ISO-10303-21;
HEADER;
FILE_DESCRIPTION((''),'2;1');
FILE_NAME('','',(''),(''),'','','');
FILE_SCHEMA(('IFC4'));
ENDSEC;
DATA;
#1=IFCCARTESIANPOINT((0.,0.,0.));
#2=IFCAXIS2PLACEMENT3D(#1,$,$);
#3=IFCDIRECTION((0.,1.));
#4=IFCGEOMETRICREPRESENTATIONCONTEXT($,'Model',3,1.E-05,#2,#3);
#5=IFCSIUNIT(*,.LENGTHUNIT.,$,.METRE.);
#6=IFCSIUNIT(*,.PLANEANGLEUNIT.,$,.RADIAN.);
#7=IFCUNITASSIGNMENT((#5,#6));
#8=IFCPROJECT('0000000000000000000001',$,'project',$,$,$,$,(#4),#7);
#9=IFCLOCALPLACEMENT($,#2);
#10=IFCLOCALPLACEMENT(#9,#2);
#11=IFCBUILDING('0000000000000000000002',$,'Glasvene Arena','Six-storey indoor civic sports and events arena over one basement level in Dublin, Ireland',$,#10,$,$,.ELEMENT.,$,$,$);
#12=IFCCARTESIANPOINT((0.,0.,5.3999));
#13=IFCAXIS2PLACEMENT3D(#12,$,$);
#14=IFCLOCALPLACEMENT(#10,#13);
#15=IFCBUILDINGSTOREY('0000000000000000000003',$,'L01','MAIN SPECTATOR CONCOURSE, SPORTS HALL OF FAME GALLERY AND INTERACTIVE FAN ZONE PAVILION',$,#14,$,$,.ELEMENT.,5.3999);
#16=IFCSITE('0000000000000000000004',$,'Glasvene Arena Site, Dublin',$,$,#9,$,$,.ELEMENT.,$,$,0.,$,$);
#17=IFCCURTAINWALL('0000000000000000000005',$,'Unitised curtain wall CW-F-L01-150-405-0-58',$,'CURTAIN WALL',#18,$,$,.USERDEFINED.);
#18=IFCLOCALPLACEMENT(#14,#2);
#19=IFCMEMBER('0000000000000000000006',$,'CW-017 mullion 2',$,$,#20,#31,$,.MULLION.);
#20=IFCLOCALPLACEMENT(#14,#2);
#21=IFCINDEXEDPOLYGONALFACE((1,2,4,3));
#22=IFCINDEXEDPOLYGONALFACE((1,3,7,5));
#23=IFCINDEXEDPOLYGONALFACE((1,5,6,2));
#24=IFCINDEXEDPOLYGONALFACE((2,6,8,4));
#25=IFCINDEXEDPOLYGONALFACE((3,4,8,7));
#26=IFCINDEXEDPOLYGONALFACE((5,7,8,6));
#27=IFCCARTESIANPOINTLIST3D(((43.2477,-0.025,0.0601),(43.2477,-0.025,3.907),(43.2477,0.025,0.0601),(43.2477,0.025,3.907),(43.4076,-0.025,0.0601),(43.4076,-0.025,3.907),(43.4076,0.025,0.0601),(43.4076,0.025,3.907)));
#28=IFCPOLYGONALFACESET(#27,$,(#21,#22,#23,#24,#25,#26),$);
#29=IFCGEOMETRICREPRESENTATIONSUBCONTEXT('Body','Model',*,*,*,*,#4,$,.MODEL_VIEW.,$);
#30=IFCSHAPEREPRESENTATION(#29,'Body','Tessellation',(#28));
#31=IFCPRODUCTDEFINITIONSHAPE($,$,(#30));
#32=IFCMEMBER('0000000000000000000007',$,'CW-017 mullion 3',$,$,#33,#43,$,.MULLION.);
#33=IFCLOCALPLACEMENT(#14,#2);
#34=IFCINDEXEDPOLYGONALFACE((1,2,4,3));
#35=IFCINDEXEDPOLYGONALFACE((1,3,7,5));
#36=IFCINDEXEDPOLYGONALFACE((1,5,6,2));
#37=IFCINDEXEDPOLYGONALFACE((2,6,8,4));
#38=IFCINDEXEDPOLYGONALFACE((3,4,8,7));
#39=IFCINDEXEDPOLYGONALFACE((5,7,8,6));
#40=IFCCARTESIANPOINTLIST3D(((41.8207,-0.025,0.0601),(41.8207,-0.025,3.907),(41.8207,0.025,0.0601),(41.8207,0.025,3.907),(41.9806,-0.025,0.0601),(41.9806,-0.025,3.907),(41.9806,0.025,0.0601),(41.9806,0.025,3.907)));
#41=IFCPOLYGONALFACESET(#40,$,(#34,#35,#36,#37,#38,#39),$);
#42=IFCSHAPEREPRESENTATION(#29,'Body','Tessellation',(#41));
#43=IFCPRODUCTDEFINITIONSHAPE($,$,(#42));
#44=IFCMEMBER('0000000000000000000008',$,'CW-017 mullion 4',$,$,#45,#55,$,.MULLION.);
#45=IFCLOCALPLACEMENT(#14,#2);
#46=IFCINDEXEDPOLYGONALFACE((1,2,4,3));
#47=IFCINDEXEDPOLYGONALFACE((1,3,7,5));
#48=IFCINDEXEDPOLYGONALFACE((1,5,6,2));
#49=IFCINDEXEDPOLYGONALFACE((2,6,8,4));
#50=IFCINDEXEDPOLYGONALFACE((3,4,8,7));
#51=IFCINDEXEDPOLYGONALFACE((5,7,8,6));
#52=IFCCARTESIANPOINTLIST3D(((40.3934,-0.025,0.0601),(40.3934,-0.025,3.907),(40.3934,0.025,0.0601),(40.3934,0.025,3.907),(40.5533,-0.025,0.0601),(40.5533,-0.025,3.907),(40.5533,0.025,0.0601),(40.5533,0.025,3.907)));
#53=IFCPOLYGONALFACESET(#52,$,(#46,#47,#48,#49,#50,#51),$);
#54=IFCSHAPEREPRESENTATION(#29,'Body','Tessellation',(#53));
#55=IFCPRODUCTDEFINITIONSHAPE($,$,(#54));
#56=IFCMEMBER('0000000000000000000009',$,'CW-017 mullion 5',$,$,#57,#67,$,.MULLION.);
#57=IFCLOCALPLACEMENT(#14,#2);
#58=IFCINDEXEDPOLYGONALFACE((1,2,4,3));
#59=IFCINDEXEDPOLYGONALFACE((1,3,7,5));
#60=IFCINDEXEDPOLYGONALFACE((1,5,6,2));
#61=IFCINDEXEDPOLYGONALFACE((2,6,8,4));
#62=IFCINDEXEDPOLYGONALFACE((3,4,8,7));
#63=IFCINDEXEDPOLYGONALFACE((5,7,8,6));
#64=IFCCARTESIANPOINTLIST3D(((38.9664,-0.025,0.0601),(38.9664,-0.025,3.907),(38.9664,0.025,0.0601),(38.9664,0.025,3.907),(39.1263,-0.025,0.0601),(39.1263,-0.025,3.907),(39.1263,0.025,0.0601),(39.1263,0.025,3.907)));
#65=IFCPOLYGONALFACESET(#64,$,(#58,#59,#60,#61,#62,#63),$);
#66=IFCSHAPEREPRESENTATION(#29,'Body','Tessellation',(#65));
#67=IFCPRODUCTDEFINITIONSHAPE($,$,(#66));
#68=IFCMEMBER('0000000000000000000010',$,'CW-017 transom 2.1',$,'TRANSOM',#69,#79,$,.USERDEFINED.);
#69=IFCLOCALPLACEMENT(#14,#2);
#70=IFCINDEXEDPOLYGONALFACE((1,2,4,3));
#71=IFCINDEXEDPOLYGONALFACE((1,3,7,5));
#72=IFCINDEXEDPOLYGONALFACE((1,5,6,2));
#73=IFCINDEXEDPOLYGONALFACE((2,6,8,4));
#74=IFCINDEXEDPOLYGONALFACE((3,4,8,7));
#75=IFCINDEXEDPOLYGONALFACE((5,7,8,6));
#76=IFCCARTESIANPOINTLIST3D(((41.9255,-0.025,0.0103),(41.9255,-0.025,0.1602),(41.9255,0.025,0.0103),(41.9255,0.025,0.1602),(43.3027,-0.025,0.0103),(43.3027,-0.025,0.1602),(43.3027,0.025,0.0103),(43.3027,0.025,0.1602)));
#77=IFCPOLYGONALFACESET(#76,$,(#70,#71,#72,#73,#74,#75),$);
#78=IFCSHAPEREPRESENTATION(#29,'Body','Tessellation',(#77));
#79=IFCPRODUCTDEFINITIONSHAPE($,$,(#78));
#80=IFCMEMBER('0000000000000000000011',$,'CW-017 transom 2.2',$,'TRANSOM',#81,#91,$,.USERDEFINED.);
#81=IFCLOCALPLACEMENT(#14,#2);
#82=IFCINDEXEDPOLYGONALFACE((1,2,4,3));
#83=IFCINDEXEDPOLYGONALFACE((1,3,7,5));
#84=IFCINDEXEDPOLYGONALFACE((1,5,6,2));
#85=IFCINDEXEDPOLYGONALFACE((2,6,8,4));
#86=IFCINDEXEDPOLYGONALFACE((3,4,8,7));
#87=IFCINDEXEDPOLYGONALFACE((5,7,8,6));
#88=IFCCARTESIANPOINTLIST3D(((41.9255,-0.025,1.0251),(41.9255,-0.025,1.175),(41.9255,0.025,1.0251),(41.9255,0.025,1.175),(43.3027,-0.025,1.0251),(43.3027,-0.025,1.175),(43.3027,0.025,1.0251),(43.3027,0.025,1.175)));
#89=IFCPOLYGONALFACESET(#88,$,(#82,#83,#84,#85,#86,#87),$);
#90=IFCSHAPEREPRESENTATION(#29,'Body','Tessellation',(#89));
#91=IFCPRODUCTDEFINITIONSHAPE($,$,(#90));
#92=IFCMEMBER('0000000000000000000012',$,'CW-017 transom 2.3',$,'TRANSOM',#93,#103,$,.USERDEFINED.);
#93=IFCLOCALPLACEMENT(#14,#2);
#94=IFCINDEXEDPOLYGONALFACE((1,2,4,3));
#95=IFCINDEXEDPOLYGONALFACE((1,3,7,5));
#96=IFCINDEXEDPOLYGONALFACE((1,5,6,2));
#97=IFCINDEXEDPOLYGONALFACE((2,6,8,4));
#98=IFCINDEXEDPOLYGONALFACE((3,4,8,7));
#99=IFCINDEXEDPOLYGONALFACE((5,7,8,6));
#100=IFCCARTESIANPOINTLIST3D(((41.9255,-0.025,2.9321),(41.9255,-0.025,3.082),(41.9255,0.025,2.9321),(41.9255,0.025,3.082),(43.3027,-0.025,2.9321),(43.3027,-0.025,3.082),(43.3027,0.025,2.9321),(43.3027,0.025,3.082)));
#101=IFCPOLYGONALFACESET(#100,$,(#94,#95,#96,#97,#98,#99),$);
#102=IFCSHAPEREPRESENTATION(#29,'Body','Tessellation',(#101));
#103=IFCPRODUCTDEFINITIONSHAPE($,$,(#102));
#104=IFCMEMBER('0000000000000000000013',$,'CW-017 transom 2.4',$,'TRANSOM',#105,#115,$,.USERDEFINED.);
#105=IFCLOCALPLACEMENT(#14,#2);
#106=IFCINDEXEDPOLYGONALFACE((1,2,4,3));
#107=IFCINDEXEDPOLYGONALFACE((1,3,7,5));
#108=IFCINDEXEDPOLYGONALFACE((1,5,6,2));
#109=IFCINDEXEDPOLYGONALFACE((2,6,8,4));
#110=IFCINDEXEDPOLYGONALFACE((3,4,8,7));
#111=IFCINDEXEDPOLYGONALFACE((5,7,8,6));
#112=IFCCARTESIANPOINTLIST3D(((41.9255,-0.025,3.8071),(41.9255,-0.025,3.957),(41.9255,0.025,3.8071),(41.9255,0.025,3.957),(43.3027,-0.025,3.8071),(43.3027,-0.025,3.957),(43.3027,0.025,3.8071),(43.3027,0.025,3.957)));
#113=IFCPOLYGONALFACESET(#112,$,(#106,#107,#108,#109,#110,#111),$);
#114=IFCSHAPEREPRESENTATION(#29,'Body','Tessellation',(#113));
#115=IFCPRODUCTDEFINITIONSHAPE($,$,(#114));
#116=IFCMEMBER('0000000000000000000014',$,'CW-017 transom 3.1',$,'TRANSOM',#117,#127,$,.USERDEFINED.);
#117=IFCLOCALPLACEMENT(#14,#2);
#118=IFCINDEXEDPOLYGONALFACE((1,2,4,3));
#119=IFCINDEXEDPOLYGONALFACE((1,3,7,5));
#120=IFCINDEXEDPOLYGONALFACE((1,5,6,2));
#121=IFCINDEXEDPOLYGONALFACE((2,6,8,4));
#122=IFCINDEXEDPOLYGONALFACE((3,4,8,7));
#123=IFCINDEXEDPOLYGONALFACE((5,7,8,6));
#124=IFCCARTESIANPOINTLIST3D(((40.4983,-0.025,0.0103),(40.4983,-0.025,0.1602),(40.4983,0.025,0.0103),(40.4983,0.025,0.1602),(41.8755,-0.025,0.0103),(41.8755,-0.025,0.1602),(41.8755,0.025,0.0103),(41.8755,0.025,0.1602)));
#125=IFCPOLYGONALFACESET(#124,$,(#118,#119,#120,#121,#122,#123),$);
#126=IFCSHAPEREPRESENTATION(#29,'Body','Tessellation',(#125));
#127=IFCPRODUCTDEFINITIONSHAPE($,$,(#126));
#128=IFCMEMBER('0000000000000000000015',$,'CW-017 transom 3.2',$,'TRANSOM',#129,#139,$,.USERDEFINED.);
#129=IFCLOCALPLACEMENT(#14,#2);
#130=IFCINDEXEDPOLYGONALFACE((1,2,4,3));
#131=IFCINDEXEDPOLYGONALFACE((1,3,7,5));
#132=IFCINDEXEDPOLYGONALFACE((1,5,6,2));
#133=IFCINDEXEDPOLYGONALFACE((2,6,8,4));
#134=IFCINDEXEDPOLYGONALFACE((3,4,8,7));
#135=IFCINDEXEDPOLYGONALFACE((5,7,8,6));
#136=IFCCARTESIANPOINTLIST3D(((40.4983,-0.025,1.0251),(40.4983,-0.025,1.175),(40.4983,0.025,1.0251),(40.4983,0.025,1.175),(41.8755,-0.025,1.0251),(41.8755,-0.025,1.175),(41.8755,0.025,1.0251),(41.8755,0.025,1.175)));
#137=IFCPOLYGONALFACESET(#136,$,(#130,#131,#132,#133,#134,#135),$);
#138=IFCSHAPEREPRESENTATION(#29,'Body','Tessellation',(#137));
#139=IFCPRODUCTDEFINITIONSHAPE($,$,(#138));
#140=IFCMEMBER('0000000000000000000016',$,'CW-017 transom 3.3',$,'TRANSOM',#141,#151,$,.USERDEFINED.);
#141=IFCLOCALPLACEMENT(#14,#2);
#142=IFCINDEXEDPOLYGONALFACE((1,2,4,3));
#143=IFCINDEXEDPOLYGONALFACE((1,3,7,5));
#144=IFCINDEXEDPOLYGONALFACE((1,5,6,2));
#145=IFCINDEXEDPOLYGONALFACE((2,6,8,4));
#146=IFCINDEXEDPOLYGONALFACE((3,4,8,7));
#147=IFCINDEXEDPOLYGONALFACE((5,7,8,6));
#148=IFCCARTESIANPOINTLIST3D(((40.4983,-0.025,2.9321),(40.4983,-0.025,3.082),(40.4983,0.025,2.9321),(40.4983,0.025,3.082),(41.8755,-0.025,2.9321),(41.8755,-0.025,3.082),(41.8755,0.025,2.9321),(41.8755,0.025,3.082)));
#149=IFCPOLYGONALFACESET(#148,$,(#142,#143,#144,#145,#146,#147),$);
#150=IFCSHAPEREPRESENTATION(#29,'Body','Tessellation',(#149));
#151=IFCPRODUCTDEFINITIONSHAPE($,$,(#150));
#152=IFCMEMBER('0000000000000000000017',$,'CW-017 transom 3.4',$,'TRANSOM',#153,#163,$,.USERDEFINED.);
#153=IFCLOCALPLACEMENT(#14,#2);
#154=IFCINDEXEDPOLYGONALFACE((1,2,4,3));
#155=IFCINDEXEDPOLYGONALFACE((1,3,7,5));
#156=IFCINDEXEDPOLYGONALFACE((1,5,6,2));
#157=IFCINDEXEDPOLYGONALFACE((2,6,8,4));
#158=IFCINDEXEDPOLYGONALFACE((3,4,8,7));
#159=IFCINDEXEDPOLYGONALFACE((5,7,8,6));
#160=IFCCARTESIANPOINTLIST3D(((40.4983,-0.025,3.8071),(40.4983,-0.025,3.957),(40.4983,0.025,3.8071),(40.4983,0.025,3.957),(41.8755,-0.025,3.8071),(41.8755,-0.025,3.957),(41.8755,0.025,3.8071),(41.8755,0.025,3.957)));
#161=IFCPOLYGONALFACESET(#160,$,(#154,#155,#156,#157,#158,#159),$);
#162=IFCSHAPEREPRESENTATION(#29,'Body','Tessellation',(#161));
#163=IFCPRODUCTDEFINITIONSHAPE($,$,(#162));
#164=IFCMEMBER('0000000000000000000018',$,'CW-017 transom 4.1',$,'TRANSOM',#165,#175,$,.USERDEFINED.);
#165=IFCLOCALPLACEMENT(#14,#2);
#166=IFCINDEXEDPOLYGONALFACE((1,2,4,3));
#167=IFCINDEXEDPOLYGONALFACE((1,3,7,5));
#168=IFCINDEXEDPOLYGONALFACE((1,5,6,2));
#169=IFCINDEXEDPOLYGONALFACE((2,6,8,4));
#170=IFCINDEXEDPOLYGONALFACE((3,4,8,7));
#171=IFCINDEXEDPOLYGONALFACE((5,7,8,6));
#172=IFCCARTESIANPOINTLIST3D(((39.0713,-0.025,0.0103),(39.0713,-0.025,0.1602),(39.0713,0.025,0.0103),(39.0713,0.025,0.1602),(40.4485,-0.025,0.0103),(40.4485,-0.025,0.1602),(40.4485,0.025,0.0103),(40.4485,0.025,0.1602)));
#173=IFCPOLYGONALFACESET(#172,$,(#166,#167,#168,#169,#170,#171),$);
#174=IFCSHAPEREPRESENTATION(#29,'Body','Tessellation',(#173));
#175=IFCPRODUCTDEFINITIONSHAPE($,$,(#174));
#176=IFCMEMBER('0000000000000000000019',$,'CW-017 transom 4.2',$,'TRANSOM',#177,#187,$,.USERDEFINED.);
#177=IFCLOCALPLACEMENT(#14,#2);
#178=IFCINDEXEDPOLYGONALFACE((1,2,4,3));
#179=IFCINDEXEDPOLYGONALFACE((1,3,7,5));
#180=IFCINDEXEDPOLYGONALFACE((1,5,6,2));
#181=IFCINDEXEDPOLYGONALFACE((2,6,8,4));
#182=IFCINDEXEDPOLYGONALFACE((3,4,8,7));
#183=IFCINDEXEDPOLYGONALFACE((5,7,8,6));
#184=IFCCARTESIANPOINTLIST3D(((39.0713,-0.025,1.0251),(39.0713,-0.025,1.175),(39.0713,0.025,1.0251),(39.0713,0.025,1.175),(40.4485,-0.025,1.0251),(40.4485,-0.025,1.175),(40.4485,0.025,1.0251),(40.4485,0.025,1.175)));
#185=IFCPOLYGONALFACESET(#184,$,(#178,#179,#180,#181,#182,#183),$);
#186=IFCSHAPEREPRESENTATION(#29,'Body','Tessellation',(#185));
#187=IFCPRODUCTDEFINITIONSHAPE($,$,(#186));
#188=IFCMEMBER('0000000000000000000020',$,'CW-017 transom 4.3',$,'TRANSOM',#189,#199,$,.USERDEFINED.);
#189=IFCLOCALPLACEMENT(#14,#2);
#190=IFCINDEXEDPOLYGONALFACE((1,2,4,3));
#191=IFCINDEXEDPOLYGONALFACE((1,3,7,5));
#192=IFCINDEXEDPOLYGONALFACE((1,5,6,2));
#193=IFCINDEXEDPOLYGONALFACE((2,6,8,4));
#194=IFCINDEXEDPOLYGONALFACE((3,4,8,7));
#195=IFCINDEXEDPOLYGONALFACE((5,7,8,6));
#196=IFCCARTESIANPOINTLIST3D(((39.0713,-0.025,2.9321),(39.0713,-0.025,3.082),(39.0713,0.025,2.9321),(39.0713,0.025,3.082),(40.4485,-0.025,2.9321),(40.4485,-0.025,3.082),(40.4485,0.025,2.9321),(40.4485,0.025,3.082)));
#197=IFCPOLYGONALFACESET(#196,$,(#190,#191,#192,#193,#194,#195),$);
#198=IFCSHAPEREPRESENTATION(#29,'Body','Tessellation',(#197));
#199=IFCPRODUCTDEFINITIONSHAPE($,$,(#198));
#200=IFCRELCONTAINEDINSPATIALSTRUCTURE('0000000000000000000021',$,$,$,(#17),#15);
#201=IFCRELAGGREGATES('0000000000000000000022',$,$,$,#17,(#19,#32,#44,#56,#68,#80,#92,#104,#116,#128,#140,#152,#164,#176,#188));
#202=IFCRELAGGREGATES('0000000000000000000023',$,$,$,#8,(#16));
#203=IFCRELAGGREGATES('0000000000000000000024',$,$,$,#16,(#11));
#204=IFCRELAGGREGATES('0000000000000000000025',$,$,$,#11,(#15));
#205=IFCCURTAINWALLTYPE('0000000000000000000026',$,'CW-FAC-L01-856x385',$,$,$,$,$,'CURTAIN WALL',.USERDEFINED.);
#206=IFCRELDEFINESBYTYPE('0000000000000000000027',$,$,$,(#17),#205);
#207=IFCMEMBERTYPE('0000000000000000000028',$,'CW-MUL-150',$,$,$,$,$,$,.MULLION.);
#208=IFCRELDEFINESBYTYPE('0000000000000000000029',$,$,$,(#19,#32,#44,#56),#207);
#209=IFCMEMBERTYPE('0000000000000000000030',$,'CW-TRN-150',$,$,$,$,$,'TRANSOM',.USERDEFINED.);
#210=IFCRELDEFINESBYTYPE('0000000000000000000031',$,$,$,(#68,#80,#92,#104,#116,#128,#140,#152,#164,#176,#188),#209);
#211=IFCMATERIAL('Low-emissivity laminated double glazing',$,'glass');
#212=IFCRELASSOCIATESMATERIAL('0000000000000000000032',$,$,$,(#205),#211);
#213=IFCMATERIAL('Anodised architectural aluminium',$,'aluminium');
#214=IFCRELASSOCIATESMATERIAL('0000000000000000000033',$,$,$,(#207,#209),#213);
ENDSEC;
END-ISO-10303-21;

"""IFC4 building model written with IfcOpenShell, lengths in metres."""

from ifc_helpers import new_model, si_unit, direction, frame, origin, origin_2d, place, context, subcontext, project, spatial, rectangle, extrude, material, material_profile, profile_set, type_object, element, aggregate, save


model = new_model("IFC4")

# Units and contexts
model_context = context("Model", 3, precision=1e-05, world=origin(), true_north=direction((0.0, 1.0)))
body_context = subcontext(model_context, "Body", "Model", "MODEL_VIEW")
ifc_project = project(units=[si_unit("LENGTHUNIT", "METRE"), si_unit("PLANEANGLEUNIT", "RADIAN")], contexts=[model_context])

# Site, building, storey
site_placement = place(None, origin())
site = spatial("IfcSite", under=ifc_project, at=site_placement, Name="Glasvene Arena Site, Dublin", CompositionType="ELEMENT", RefElevation=0.0)
building_placement = place(site_placement, origin())
building = spatial("IfcBuilding", under=site, at=building_placement, Name="Glasvene Arena", Description="Six-storey indoor civic sports and events arena over one basement level in Dublin, Ireland", CompositionType="ELEMENT")
storey_placement = place(building_placement, frame((0.0, 0.0, 5.3999)))
storey = spatial("IfcBuildingStorey", under=building, at=storey_placement, Name="L01", Description="MAIN SPECTATOR CONCOURSE, SPORTS HALL OF FAME GALLERY AND INTERACTIVE FAN ZONE PAVILION", CompositionType="ELEMENT", Elevation=5.3999)

# Curtain wall, members
ifc_material_1 = material(Name="Low-emissivity laminated double glazing", Category="glass")
curtain_wall_type = type_object("IfcCurtainWallType", Name="CW-FAC-L01-856x385", ElementType="CURTAIN WALL", PredefinedType="USERDEFINED", material=ifc_material_1)
curtain_wall_placement = place(storey_placement, frame((44.7549, 0.0, 0.0)))
curtain_wall = element("IfcCurtainWall", 1, at=curtain_wall_placement, inside=storey, type_object=curtain_wall_type, Name="Unitised curtain wall CW-F-L01-150-405-0-58", ObjectType="CURTAIN WALL", PredefinedType="USERDEFINED")
ifc_material_2 = material(Name="Anodised architectural aluminium", Category="aluminium")
ifc_material_profile_1 = material_profile(ifc_material_2, rectangle(XDim=0.05, YDim=0.1599, at=origin_2d()), Name="ALU MULLION 50x160")
ifc_profile_set_1 = profile_set([ifc_material_profile_1], Name="Anodised architectural aluminium")
member_type_1 = type_object("IfcMemberType", Name="CW-MUL-150", PredefinedType="MULLION", material=ifc_profile_set_1)
member_1_placement = place(storey_placement, frame((43.3276, 0.0, 0.0601), z_axis=(0.0, 0.0, 1.0), x_axis=(0.0, -1.0, 0.0)))
member_1 = element("IfcMember", 2, at=member_1_placement, type_object=member_type_1, Name="CW-017 mullion 2", PredefinedType="MULLION", context=body_context, shape_type="SweptSolid", body=[
    extrude(rectangle(XDim=0.05, YDim=0.1599, at=origin_2d()), origin(), (0.0, 0.0, 1.0), 3.8469),
])
member_2_placement = place(storey_placement, frame((41.9006, 0.0, 0.0601), z_axis=(0.0, 0.0, 1.0), x_axis=(0.0, -1.0, 0.0)))
member_2 = element("IfcMember", 3, at=member_2_placement, type_object=member_type_1, Name="CW-017 mullion 3", PredefinedType="MULLION", context=body_context, shape_type="SweptSolid", body=[
    extrude(rectangle(XDim=0.05, YDim=0.1599, at=origin_2d()), origin(), (0.0, 0.0, 1.0), 3.8469),
])
member_3_placement = place(storey_placement, frame((40.4734, 0.0, 0.0601), z_axis=(0.0, 0.0, 1.0), x_axis=(0.0, -1.0, 0.0)))
member_3 = element("IfcMember", 4, at=member_3_placement, type_object=member_type_1, Name="CW-017 mullion 4", PredefinedType="MULLION", context=body_context, shape_type="SweptSolid", body=[
    extrude(rectangle(XDim=0.05, YDim=0.1599, at=origin_2d()), origin(), (0.0, 0.0, 1.0), 3.8469),
])
member_4_placement = place(storey_placement, frame((39.0464, 0.0, 0.0601), z_axis=(0.0, 0.0, 1.0), x_axis=(0.0, -1.0, 0.0)))
member_4 = element("IfcMember", 5, at=member_4_placement, type_object=member_type_1, Name="CW-017 mullion 5", PredefinedType="MULLION", context=body_context, shape_type="SweptSolid", body=[
    extrude(rectangle(XDim=0.05, YDim=0.1599, at=origin_2d()), origin(), (0.0, 0.0, 1.0), 3.8469),
])
ifc_material_profile_2 = material_profile(ifc_material_2, rectangle(XDim=0.05, YDim=0.1499, at=origin_2d()), Name="ALU TRANSOM 50x150")
ifc_profile_set_2 = profile_set([ifc_material_profile_2], Name="Anodised architectural aluminium")
member_type_2 = type_object("IfcMemberType", Name="CW-TRN-150", ElementType="TRANSOM", PredefinedType="USERDEFINED", material=ifc_profile_set_2)
member_5_placement = place(storey_placement, frame((43.3027, 0.0, 0.0852), z_axis=(-1.0, 0.0, 0.0), x_axis=(0.0, -1.0, 0.0)))
member_5 = element("IfcMember", 6, at=member_5_placement, type_object=member_type_2, Name="CW-017 transom 2.1", ObjectType="TRANSOM", PredefinedType="USERDEFINED", context=body_context, shape_type="SweptSolid", body=[
    extrude(rectangle(XDim=0.05, YDim=0.1499, at=origin_2d()), origin(), (0.0, 0.0, 1.0), 1.3772),
])
member_6_placement = place(storey_placement, frame((43.3027, 0.0, 1.1001), z_axis=(-1.0, 0.0, 0.0), x_axis=(0.0, -1.0, 0.0)))
member_6 = element("IfcMember", 7, at=member_6_placement, type_object=member_type_2, Name="CW-017 transom 2.2", ObjectType="TRANSOM", PredefinedType="USERDEFINED", context=body_context, shape_type="SweptSolid", body=[
    extrude(rectangle(XDim=0.05, YDim=0.1499, at=origin_2d()), origin(), (0.0, 0.0, 1.0), 1.3772),
])
member_7_placement = place(storey_placement, frame((43.3027, 0.0, 3.0071), z_axis=(-1.0, 0.0, 0.0), x_axis=(0.0, -1.0, 0.0)))
member_7 = element("IfcMember", 8, at=member_7_placement, type_object=member_type_2, Name="CW-017 transom 2.3", ObjectType="TRANSOM", PredefinedType="USERDEFINED", context=body_context, shape_type="SweptSolid", body=[
    extrude(rectangle(XDim=0.05, YDim=0.1499, at=origin_2d()), origin(), (0.0, 0.0, 1.0), 1.3772),
])
member_8_placement = place(storey_placement, frame((43.3027, 0.0, 3.8821), z_axis=(-1.0, 0.0, 0.0), x_axis=(0.0, -1.0, 0.0)))
member_8 = element("IfcMember", 9, at=member_8_placement, type_object=member_type_2, Name="CW-017 transom 2.4", ObjectType="TRANSOM", PredefinedType="USERDEFINED", context=body_context, shape_type="SweptSolid", body=[
    extrude(rectangle(XDim=0.05, YDim=0.1499, at=origin_2d()), origin(), (0.0, 0.0, 1.0), 1.3772),
])
member_9_placement = place(storey_placement, frame((41.8755, 0.0, 0.0852), z_axis=(-1.0, 0.0, 0.0), x_axis=(0.0, -1.0, 0.0)))
member_9 = element("IfcMember", 10, at=member_9_placement, type_object=member_type_2, Name="CW-017 transom 3.1", ObjectType="TRANSOM", PredefinedType="USERDEFINED", context=body_context, shape_type="SweptSolid", body=[
    extrude(rectangle(XDim=0.05, YDim=0.1499, at=origin_2d()), origin(), (0.0, 0.0, 1.0), 1.3772),
])
member_10_placement = place(storey_placement, frame((41.8755, 0.0, 1.1001), z_axis=(-1.0, 0.0, 0.0), x_axis=(0.0, -1.0, 0.0)))
member_10 = element("IfcMember", 11, at=member_10_placement, type_object=member_type_2, Name="CW-017 transom 3.2", ObjectType="TRANSOM", PredefinedType="USERDEFINED", context=body_context, shape_type="SweptSolid", body=[
    extrude(rectangle(XDim=0.05, YDim=0.1499, at=origin_2d()), origin(), (0.0, 0.0, 1.0), 1.3772),
])
member_11_placement = place(storey_placement, frame((41.8755, 0.0, 3.0071), z_axis=(-1.0, 0.0, 0.0), x_axis=(0.0, -1.0, 0.0)))
member_11 = element("IfcMember", 12, at=member_11_placement, type_object=member_type_2, Name="CW-017 transom 3.3", ObjectType="TRANSOM", PredefinedType="USERDEFINED", context=body_context, shape_type="SweptSolid", body=[
    extrude(rectangle(XDim=0.05, YDim=0.1499, at=origin_2d()), origin(), (0.0, 0.0, 1.0), 1.3772),
])
member_12_placement = place(storey_placement, frame((41.8755, 0.0, 3.8821), z_axis=(-1.0, 0.0, 0.0), x_axis=(0.0, -1.0, 0.0)))
member_12 = element("IfcMember", 13, at=member_12_placement, type_object=member_type_2, Name="CW-017 transom 3.4", ObjectType="TRANSOM", PredefinedType="USERDEFINED", context=body_context, shape_type="SweptSolid", body=[
    extrude(rectangle(XDim=0.05, YDim=0.1499, at=origin_2d()), origin(), (0.0, 0.0, 1.0), 1.3772),
])
member_13_placement = place(storey_placement, frame((40.4485, 0.0, 0.0852), z_axis=(-1.0, 0.0, 0.0), x_axis=(0.0, -1.0, 0.0)))
member_13 = element("IfcMember", 14, at=member_13_placement, type_object=member_type_2, Name="CW-017 transom 4.1", ObjectType="TRANSOM", PredefinedType="USERDEFINED", context=body_context, shape_type="SweptSolid", body=[
    extrude(rectangle(XDim=0.05, YDim=0.1499, at=origin_2d()), origin(), (0.0, 0.0, 1.0), 1.3772),
])
member_14_placement = place(storey_placement, frame((40.4485, 0.0, 1.1001), z_axis=(-1.0, 0.0, 0.0), x_axis=(0.0, -1.0, 0.0)))
member_14 = element("IfcMember", 15, at=member_14_placement, type_object=member_type_2, Name="CW-017 transom 4.2", ObjectType="TRANSOM", PredefinedType="USERDEFINED", context=body_context, shape_type="SweptSolid", body=[
    extrude(rectangle(XDim=0.05, YDim=0.1499, at=origin_2d()), origin(), (0.0, 0.0, 1.0), 1.3772),
])
member_15_placement = place(storey_placement, frame((40.4485, 0.0, 3.0071), z_axis=(-1.0, 0.0, 0.0), x_axis=(0.0, -1.0, 0.0)))
member_15 = element("IfcMember", 16, at=member_15_placement, type_object=member_type_2, Name="CW-017 transom 4.3", ObjectType="TRANSOM", PredefinedType="USERDEFINED", context=body_context, shape_type="SweptSolid", body=[
    extrude(rectangle(XDim=0.05, YDim=0.1499, at=origin_2d()), origin(), (0.0, 0.0, 1.0), 1.3772),
])
aggregate(curtain_wall, [member_1, member_2, member_3, member_4, member_5, member_6, member_7, member_8, member_9, member_10, member_11, member_12, member_13, member_14, member_15])

save(model, "model.ifc")
